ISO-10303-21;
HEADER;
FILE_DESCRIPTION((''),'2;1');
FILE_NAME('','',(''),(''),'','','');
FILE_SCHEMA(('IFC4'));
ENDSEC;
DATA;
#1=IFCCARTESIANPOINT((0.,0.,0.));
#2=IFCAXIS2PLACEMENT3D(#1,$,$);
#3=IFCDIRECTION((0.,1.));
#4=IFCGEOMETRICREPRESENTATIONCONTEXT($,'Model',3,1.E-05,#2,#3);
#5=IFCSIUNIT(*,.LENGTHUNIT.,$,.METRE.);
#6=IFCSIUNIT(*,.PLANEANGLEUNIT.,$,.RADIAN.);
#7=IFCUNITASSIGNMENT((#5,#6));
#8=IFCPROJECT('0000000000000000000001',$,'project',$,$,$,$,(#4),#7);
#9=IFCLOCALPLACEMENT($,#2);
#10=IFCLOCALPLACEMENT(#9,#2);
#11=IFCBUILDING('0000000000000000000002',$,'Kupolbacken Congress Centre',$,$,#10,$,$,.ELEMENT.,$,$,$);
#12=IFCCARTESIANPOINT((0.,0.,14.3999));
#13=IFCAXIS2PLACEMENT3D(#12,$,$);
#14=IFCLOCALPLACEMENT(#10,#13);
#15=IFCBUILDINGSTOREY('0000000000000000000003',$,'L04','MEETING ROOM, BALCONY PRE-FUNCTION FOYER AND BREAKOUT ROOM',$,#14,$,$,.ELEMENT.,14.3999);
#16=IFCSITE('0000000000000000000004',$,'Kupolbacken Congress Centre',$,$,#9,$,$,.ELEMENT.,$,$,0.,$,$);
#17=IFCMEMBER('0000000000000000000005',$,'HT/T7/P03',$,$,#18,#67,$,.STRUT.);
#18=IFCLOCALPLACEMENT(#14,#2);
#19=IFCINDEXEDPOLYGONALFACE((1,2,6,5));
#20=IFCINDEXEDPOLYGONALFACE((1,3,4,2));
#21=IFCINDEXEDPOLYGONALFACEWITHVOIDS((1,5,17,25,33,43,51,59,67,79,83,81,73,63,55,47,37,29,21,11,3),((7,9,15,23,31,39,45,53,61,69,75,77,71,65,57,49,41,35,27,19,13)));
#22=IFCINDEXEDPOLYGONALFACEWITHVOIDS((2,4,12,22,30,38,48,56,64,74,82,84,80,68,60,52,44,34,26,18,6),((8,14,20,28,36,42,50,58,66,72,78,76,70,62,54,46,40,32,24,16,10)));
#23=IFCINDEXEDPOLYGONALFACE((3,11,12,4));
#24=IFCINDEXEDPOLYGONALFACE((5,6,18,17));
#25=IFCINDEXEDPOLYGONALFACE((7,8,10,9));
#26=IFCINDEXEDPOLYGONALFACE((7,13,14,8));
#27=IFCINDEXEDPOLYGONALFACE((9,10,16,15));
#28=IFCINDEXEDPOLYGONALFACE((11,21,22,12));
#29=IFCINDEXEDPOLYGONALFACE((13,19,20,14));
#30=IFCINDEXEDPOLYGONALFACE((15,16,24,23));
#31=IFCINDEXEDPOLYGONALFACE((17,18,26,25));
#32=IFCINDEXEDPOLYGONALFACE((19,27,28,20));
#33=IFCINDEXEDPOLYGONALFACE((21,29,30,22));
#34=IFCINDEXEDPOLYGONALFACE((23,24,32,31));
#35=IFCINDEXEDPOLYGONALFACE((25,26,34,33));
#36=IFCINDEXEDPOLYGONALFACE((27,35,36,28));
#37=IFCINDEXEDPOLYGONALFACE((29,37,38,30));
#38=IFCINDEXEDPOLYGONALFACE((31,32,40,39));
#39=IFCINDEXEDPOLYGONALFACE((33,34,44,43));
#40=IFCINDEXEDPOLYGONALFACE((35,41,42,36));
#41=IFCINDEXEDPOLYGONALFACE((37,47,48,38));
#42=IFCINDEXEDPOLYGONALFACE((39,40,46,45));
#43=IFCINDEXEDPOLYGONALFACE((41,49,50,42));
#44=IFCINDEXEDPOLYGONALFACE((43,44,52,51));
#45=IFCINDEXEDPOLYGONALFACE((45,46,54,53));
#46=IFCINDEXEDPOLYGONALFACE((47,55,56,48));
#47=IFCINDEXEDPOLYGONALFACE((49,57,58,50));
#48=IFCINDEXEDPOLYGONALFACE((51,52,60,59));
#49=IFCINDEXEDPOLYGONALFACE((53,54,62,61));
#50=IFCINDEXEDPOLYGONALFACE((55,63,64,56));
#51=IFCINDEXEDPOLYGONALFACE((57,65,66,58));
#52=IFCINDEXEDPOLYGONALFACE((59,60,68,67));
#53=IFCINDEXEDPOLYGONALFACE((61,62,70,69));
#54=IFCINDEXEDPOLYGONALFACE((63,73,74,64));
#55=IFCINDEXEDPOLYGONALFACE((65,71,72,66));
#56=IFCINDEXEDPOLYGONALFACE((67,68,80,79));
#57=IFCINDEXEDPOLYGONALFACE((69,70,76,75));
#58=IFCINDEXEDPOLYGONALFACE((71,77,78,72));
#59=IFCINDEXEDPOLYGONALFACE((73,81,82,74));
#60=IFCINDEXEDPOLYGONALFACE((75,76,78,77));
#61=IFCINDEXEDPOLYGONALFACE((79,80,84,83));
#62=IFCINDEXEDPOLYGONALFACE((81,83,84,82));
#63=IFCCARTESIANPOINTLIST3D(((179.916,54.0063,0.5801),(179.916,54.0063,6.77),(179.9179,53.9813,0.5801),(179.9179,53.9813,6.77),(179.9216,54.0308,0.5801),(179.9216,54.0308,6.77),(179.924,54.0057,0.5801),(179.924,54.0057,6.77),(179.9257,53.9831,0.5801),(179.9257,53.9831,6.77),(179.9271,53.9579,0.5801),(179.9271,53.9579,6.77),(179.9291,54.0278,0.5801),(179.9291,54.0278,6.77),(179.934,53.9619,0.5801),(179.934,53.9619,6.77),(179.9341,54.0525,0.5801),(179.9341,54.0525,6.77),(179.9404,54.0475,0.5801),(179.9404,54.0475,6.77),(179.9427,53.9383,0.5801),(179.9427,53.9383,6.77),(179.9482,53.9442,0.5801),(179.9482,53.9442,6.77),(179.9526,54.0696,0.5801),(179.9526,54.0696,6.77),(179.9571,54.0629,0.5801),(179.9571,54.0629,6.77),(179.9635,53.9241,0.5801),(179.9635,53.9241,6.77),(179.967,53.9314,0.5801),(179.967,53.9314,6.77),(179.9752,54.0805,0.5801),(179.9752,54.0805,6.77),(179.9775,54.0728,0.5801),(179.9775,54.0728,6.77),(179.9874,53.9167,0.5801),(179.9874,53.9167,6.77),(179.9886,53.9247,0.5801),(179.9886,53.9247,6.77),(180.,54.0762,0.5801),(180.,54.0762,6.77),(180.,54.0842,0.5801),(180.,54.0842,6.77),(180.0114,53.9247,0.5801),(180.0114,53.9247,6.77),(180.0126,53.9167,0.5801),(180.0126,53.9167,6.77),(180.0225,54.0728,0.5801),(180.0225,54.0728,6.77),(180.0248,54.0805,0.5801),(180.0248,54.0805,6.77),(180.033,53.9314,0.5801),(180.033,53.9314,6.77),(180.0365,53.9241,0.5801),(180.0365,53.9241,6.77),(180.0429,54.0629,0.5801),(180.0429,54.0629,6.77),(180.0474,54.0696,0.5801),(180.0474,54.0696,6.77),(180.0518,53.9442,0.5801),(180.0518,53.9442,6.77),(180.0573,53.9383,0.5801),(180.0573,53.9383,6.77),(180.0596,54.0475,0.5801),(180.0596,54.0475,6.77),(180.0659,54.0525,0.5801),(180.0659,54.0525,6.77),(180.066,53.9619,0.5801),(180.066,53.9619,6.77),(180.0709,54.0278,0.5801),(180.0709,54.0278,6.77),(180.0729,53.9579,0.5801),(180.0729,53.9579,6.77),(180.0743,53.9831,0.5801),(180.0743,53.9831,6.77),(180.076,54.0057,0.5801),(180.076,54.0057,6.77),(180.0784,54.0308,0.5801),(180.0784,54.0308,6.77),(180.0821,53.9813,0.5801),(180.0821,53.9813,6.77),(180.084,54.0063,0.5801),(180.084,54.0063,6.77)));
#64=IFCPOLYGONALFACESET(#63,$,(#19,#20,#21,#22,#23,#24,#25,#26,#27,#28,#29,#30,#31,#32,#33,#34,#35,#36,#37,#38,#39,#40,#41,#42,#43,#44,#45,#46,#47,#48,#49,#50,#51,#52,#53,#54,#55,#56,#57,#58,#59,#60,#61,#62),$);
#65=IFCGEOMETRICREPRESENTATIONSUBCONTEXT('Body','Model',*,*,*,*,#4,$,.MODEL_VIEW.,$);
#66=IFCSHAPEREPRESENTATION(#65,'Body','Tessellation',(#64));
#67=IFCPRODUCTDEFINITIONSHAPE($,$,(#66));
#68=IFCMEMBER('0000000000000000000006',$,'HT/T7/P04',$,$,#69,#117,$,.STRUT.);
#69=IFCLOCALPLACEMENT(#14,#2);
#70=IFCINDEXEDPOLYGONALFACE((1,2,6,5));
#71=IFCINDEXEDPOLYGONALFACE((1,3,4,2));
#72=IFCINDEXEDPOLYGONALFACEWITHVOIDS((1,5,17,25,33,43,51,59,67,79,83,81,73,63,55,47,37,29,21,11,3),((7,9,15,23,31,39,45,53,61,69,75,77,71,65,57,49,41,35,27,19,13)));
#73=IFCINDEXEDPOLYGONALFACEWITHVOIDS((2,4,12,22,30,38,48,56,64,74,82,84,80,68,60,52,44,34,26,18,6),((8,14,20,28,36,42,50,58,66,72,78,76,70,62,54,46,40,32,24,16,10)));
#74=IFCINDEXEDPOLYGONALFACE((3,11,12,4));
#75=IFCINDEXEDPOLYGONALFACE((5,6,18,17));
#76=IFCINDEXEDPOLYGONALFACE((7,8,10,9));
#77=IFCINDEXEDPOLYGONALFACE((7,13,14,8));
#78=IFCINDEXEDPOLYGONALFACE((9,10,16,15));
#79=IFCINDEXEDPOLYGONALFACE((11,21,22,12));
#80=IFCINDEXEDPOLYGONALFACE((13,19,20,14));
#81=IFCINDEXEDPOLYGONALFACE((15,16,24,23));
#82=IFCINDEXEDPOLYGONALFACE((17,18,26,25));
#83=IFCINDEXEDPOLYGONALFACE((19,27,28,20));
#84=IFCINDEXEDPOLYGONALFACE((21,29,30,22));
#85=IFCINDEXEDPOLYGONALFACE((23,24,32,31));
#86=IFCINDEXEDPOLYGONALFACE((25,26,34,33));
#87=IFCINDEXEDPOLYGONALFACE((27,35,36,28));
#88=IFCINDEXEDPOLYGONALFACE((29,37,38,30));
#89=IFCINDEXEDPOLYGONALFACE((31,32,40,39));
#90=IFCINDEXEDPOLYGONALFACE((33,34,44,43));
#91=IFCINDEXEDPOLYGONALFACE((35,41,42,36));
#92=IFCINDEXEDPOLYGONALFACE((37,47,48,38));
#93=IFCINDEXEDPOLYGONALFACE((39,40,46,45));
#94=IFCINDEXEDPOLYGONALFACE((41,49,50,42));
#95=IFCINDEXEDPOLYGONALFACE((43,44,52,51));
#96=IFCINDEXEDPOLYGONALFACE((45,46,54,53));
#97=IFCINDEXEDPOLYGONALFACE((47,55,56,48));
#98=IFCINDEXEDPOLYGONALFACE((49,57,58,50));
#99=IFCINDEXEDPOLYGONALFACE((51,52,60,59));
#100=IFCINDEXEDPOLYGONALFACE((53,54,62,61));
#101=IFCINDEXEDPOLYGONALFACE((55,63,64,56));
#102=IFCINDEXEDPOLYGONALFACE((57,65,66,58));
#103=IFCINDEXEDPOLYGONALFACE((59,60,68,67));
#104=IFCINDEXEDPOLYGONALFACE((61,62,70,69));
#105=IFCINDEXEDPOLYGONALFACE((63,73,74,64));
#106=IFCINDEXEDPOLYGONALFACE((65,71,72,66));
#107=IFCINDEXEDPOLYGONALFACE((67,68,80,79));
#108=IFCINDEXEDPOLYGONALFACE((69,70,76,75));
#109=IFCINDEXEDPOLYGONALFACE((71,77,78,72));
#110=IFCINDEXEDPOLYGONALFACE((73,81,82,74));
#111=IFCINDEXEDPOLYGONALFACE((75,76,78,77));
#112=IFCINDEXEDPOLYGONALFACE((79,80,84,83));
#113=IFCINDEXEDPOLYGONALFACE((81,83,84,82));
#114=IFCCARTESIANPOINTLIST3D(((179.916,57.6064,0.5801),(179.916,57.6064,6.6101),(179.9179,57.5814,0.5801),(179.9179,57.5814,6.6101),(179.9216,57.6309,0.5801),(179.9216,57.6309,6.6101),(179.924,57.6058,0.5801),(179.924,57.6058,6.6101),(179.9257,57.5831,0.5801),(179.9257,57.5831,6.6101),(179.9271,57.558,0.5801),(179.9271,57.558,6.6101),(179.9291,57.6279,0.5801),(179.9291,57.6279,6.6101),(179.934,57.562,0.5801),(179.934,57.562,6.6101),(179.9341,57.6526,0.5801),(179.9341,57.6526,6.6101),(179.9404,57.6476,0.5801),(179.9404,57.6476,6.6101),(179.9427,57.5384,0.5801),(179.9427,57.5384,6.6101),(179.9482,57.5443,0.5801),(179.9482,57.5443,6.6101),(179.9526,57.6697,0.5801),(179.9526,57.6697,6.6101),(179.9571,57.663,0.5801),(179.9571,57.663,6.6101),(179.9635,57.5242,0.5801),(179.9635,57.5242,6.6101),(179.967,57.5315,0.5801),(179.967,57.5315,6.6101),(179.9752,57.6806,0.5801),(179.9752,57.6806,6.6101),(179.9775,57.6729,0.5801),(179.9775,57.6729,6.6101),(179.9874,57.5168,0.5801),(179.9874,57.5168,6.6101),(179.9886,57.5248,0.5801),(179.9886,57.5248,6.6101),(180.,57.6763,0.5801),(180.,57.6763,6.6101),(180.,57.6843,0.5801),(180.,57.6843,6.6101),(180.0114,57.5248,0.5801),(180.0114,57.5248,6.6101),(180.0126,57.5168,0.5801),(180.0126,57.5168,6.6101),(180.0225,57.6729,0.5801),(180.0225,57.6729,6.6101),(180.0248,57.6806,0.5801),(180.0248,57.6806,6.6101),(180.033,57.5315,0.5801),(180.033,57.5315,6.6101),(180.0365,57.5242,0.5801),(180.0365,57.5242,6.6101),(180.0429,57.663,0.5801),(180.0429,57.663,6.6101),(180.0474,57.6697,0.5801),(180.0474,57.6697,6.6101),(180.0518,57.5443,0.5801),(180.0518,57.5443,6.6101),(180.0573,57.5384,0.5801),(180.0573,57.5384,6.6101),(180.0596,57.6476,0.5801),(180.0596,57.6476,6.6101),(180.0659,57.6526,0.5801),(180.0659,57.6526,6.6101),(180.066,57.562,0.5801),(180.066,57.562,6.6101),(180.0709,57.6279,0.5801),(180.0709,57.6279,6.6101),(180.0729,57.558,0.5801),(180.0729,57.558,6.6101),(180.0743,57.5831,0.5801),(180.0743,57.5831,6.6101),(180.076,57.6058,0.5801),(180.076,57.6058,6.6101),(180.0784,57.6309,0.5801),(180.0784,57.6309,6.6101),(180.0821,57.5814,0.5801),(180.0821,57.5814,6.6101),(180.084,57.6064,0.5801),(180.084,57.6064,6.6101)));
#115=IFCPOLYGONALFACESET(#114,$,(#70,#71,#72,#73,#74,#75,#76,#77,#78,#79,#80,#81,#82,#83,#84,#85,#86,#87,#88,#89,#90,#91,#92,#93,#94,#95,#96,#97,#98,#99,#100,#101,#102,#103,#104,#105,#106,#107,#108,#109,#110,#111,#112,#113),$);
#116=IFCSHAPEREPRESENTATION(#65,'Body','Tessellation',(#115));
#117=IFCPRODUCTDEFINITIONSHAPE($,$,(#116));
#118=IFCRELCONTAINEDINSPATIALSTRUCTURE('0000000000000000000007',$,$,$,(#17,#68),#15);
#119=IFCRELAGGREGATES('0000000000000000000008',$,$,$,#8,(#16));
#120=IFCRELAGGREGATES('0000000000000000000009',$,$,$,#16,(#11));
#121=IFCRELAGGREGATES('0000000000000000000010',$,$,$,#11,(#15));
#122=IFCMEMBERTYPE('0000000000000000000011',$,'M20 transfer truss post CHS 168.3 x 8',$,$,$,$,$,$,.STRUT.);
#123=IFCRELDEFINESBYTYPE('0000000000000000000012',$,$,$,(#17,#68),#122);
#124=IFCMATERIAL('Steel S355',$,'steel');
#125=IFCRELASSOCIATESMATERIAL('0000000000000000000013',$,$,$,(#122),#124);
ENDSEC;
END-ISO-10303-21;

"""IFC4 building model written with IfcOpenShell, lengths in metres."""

from ifc_helpers import new_model, si_unit, direction, frame, origin, origin_2d, place, context, subcontext, project, spatial, hollow_circle, extrude, material, material_profile, profile_set, type_object, element, save


model = new_model("IFC4")

# Units and contexts
model_context = context("Model", 3, precision=1e-05, world=origin(), true_north=direction((0.0, 1.0)))
body_context = subcontext(model_context, "Body", "Model", "MODEL_VIEW")
ifc_project = project(units=[si_unit("LENGTHUNIT", "METRE"), si_unit("PLANEANGLEUNIT", "RADIAN")], contexts=[model_context])

# Site, building, storey
site_placement = place(None, origin())
site = spatial("IfcSite", under=ifc_project, at=site_placement, Name="Kupolbacken Congress Centre", CompositionType="ELEMENT", RefElevation=0.0)
building_placement = place(site_placement, origin())
building = spatial("IfcBuilding", under=site, at=building_placement, Name="Kupolbacken Congress Centre", CompositionType="ELEMENT")
storey_placement = place(building_placement, frame((0.0, 0.0, 14.3999)))
storey = spatial("IfcBuildingStorey", under=building, at=storey_placement, Name="L04", Description="MEETING ROOM, BALCONY PRE-FUNCTION FOYER AND BREAKOUT ROOM", CompositionType="ELEMENT", Elevation=14.3999)

# Members
ifc_material_1 = material(Name="Steel S355", Category="steel")
ifc_material_profile_1 = material_profile(ifc_material_1, hollow_circle(Radius=0.0842, WallThickness=0.0081, at=origin_2d()), Name="CHS 168.3 x 8")
ifc_profile_set_1 = profile_set([ifc_material_profile_1], Name="Steel S355")
member_type_1 = type_object("IfcMemberType", Name="M20 transfer truss post CHS 168.3 x 8", PredefinedType="STRUT", material=ifc_profile_set_1)
for number, where, z_axis, x_axis, name in (
    (1, (180.0, 54.0, 0.5801), (0.0, 0.0, 1.0), (0.0, 1.0, 0.0), "HT/T7/P03"),
):
    element("IfcMember", number, at=place(storey_placement, frame(where, z_axis=z_axis, x_axis=x_axis)), inside=storey, type_object=member_type_1, Name=name, PredefinedType="STRUT", context=body_context, shape_type="SweptSolid", body=[
        extrude(hollow_circle(Radius=0.0842, WallThickness=0.0081, at=origin_2d()), origin(), (0.0, 0.0, 1.0), 6.1899),
    ])
member_1_placement = place(storey_placement, frame((180.0, 57.6001, 0.5801), z_axis=(0.0, 0.0, 1.0), x_axis=(0.0, 1.0, 0.0)))
element("IfcMember", 2, at=member_1_placement, inside=storey, type_object=member_type_1, Name="HT/T7/P04", PredefinedType="STRUT", context=body_context, shape_type="SweptSolid", body=[
    extrude(hollow_circle(Radius=0.0842, WallThickness=0.0081, at=origin_2d()), origin(), (0.0, 0.0, 1.0), 6.03),
])

save(model, "model.ifc")
